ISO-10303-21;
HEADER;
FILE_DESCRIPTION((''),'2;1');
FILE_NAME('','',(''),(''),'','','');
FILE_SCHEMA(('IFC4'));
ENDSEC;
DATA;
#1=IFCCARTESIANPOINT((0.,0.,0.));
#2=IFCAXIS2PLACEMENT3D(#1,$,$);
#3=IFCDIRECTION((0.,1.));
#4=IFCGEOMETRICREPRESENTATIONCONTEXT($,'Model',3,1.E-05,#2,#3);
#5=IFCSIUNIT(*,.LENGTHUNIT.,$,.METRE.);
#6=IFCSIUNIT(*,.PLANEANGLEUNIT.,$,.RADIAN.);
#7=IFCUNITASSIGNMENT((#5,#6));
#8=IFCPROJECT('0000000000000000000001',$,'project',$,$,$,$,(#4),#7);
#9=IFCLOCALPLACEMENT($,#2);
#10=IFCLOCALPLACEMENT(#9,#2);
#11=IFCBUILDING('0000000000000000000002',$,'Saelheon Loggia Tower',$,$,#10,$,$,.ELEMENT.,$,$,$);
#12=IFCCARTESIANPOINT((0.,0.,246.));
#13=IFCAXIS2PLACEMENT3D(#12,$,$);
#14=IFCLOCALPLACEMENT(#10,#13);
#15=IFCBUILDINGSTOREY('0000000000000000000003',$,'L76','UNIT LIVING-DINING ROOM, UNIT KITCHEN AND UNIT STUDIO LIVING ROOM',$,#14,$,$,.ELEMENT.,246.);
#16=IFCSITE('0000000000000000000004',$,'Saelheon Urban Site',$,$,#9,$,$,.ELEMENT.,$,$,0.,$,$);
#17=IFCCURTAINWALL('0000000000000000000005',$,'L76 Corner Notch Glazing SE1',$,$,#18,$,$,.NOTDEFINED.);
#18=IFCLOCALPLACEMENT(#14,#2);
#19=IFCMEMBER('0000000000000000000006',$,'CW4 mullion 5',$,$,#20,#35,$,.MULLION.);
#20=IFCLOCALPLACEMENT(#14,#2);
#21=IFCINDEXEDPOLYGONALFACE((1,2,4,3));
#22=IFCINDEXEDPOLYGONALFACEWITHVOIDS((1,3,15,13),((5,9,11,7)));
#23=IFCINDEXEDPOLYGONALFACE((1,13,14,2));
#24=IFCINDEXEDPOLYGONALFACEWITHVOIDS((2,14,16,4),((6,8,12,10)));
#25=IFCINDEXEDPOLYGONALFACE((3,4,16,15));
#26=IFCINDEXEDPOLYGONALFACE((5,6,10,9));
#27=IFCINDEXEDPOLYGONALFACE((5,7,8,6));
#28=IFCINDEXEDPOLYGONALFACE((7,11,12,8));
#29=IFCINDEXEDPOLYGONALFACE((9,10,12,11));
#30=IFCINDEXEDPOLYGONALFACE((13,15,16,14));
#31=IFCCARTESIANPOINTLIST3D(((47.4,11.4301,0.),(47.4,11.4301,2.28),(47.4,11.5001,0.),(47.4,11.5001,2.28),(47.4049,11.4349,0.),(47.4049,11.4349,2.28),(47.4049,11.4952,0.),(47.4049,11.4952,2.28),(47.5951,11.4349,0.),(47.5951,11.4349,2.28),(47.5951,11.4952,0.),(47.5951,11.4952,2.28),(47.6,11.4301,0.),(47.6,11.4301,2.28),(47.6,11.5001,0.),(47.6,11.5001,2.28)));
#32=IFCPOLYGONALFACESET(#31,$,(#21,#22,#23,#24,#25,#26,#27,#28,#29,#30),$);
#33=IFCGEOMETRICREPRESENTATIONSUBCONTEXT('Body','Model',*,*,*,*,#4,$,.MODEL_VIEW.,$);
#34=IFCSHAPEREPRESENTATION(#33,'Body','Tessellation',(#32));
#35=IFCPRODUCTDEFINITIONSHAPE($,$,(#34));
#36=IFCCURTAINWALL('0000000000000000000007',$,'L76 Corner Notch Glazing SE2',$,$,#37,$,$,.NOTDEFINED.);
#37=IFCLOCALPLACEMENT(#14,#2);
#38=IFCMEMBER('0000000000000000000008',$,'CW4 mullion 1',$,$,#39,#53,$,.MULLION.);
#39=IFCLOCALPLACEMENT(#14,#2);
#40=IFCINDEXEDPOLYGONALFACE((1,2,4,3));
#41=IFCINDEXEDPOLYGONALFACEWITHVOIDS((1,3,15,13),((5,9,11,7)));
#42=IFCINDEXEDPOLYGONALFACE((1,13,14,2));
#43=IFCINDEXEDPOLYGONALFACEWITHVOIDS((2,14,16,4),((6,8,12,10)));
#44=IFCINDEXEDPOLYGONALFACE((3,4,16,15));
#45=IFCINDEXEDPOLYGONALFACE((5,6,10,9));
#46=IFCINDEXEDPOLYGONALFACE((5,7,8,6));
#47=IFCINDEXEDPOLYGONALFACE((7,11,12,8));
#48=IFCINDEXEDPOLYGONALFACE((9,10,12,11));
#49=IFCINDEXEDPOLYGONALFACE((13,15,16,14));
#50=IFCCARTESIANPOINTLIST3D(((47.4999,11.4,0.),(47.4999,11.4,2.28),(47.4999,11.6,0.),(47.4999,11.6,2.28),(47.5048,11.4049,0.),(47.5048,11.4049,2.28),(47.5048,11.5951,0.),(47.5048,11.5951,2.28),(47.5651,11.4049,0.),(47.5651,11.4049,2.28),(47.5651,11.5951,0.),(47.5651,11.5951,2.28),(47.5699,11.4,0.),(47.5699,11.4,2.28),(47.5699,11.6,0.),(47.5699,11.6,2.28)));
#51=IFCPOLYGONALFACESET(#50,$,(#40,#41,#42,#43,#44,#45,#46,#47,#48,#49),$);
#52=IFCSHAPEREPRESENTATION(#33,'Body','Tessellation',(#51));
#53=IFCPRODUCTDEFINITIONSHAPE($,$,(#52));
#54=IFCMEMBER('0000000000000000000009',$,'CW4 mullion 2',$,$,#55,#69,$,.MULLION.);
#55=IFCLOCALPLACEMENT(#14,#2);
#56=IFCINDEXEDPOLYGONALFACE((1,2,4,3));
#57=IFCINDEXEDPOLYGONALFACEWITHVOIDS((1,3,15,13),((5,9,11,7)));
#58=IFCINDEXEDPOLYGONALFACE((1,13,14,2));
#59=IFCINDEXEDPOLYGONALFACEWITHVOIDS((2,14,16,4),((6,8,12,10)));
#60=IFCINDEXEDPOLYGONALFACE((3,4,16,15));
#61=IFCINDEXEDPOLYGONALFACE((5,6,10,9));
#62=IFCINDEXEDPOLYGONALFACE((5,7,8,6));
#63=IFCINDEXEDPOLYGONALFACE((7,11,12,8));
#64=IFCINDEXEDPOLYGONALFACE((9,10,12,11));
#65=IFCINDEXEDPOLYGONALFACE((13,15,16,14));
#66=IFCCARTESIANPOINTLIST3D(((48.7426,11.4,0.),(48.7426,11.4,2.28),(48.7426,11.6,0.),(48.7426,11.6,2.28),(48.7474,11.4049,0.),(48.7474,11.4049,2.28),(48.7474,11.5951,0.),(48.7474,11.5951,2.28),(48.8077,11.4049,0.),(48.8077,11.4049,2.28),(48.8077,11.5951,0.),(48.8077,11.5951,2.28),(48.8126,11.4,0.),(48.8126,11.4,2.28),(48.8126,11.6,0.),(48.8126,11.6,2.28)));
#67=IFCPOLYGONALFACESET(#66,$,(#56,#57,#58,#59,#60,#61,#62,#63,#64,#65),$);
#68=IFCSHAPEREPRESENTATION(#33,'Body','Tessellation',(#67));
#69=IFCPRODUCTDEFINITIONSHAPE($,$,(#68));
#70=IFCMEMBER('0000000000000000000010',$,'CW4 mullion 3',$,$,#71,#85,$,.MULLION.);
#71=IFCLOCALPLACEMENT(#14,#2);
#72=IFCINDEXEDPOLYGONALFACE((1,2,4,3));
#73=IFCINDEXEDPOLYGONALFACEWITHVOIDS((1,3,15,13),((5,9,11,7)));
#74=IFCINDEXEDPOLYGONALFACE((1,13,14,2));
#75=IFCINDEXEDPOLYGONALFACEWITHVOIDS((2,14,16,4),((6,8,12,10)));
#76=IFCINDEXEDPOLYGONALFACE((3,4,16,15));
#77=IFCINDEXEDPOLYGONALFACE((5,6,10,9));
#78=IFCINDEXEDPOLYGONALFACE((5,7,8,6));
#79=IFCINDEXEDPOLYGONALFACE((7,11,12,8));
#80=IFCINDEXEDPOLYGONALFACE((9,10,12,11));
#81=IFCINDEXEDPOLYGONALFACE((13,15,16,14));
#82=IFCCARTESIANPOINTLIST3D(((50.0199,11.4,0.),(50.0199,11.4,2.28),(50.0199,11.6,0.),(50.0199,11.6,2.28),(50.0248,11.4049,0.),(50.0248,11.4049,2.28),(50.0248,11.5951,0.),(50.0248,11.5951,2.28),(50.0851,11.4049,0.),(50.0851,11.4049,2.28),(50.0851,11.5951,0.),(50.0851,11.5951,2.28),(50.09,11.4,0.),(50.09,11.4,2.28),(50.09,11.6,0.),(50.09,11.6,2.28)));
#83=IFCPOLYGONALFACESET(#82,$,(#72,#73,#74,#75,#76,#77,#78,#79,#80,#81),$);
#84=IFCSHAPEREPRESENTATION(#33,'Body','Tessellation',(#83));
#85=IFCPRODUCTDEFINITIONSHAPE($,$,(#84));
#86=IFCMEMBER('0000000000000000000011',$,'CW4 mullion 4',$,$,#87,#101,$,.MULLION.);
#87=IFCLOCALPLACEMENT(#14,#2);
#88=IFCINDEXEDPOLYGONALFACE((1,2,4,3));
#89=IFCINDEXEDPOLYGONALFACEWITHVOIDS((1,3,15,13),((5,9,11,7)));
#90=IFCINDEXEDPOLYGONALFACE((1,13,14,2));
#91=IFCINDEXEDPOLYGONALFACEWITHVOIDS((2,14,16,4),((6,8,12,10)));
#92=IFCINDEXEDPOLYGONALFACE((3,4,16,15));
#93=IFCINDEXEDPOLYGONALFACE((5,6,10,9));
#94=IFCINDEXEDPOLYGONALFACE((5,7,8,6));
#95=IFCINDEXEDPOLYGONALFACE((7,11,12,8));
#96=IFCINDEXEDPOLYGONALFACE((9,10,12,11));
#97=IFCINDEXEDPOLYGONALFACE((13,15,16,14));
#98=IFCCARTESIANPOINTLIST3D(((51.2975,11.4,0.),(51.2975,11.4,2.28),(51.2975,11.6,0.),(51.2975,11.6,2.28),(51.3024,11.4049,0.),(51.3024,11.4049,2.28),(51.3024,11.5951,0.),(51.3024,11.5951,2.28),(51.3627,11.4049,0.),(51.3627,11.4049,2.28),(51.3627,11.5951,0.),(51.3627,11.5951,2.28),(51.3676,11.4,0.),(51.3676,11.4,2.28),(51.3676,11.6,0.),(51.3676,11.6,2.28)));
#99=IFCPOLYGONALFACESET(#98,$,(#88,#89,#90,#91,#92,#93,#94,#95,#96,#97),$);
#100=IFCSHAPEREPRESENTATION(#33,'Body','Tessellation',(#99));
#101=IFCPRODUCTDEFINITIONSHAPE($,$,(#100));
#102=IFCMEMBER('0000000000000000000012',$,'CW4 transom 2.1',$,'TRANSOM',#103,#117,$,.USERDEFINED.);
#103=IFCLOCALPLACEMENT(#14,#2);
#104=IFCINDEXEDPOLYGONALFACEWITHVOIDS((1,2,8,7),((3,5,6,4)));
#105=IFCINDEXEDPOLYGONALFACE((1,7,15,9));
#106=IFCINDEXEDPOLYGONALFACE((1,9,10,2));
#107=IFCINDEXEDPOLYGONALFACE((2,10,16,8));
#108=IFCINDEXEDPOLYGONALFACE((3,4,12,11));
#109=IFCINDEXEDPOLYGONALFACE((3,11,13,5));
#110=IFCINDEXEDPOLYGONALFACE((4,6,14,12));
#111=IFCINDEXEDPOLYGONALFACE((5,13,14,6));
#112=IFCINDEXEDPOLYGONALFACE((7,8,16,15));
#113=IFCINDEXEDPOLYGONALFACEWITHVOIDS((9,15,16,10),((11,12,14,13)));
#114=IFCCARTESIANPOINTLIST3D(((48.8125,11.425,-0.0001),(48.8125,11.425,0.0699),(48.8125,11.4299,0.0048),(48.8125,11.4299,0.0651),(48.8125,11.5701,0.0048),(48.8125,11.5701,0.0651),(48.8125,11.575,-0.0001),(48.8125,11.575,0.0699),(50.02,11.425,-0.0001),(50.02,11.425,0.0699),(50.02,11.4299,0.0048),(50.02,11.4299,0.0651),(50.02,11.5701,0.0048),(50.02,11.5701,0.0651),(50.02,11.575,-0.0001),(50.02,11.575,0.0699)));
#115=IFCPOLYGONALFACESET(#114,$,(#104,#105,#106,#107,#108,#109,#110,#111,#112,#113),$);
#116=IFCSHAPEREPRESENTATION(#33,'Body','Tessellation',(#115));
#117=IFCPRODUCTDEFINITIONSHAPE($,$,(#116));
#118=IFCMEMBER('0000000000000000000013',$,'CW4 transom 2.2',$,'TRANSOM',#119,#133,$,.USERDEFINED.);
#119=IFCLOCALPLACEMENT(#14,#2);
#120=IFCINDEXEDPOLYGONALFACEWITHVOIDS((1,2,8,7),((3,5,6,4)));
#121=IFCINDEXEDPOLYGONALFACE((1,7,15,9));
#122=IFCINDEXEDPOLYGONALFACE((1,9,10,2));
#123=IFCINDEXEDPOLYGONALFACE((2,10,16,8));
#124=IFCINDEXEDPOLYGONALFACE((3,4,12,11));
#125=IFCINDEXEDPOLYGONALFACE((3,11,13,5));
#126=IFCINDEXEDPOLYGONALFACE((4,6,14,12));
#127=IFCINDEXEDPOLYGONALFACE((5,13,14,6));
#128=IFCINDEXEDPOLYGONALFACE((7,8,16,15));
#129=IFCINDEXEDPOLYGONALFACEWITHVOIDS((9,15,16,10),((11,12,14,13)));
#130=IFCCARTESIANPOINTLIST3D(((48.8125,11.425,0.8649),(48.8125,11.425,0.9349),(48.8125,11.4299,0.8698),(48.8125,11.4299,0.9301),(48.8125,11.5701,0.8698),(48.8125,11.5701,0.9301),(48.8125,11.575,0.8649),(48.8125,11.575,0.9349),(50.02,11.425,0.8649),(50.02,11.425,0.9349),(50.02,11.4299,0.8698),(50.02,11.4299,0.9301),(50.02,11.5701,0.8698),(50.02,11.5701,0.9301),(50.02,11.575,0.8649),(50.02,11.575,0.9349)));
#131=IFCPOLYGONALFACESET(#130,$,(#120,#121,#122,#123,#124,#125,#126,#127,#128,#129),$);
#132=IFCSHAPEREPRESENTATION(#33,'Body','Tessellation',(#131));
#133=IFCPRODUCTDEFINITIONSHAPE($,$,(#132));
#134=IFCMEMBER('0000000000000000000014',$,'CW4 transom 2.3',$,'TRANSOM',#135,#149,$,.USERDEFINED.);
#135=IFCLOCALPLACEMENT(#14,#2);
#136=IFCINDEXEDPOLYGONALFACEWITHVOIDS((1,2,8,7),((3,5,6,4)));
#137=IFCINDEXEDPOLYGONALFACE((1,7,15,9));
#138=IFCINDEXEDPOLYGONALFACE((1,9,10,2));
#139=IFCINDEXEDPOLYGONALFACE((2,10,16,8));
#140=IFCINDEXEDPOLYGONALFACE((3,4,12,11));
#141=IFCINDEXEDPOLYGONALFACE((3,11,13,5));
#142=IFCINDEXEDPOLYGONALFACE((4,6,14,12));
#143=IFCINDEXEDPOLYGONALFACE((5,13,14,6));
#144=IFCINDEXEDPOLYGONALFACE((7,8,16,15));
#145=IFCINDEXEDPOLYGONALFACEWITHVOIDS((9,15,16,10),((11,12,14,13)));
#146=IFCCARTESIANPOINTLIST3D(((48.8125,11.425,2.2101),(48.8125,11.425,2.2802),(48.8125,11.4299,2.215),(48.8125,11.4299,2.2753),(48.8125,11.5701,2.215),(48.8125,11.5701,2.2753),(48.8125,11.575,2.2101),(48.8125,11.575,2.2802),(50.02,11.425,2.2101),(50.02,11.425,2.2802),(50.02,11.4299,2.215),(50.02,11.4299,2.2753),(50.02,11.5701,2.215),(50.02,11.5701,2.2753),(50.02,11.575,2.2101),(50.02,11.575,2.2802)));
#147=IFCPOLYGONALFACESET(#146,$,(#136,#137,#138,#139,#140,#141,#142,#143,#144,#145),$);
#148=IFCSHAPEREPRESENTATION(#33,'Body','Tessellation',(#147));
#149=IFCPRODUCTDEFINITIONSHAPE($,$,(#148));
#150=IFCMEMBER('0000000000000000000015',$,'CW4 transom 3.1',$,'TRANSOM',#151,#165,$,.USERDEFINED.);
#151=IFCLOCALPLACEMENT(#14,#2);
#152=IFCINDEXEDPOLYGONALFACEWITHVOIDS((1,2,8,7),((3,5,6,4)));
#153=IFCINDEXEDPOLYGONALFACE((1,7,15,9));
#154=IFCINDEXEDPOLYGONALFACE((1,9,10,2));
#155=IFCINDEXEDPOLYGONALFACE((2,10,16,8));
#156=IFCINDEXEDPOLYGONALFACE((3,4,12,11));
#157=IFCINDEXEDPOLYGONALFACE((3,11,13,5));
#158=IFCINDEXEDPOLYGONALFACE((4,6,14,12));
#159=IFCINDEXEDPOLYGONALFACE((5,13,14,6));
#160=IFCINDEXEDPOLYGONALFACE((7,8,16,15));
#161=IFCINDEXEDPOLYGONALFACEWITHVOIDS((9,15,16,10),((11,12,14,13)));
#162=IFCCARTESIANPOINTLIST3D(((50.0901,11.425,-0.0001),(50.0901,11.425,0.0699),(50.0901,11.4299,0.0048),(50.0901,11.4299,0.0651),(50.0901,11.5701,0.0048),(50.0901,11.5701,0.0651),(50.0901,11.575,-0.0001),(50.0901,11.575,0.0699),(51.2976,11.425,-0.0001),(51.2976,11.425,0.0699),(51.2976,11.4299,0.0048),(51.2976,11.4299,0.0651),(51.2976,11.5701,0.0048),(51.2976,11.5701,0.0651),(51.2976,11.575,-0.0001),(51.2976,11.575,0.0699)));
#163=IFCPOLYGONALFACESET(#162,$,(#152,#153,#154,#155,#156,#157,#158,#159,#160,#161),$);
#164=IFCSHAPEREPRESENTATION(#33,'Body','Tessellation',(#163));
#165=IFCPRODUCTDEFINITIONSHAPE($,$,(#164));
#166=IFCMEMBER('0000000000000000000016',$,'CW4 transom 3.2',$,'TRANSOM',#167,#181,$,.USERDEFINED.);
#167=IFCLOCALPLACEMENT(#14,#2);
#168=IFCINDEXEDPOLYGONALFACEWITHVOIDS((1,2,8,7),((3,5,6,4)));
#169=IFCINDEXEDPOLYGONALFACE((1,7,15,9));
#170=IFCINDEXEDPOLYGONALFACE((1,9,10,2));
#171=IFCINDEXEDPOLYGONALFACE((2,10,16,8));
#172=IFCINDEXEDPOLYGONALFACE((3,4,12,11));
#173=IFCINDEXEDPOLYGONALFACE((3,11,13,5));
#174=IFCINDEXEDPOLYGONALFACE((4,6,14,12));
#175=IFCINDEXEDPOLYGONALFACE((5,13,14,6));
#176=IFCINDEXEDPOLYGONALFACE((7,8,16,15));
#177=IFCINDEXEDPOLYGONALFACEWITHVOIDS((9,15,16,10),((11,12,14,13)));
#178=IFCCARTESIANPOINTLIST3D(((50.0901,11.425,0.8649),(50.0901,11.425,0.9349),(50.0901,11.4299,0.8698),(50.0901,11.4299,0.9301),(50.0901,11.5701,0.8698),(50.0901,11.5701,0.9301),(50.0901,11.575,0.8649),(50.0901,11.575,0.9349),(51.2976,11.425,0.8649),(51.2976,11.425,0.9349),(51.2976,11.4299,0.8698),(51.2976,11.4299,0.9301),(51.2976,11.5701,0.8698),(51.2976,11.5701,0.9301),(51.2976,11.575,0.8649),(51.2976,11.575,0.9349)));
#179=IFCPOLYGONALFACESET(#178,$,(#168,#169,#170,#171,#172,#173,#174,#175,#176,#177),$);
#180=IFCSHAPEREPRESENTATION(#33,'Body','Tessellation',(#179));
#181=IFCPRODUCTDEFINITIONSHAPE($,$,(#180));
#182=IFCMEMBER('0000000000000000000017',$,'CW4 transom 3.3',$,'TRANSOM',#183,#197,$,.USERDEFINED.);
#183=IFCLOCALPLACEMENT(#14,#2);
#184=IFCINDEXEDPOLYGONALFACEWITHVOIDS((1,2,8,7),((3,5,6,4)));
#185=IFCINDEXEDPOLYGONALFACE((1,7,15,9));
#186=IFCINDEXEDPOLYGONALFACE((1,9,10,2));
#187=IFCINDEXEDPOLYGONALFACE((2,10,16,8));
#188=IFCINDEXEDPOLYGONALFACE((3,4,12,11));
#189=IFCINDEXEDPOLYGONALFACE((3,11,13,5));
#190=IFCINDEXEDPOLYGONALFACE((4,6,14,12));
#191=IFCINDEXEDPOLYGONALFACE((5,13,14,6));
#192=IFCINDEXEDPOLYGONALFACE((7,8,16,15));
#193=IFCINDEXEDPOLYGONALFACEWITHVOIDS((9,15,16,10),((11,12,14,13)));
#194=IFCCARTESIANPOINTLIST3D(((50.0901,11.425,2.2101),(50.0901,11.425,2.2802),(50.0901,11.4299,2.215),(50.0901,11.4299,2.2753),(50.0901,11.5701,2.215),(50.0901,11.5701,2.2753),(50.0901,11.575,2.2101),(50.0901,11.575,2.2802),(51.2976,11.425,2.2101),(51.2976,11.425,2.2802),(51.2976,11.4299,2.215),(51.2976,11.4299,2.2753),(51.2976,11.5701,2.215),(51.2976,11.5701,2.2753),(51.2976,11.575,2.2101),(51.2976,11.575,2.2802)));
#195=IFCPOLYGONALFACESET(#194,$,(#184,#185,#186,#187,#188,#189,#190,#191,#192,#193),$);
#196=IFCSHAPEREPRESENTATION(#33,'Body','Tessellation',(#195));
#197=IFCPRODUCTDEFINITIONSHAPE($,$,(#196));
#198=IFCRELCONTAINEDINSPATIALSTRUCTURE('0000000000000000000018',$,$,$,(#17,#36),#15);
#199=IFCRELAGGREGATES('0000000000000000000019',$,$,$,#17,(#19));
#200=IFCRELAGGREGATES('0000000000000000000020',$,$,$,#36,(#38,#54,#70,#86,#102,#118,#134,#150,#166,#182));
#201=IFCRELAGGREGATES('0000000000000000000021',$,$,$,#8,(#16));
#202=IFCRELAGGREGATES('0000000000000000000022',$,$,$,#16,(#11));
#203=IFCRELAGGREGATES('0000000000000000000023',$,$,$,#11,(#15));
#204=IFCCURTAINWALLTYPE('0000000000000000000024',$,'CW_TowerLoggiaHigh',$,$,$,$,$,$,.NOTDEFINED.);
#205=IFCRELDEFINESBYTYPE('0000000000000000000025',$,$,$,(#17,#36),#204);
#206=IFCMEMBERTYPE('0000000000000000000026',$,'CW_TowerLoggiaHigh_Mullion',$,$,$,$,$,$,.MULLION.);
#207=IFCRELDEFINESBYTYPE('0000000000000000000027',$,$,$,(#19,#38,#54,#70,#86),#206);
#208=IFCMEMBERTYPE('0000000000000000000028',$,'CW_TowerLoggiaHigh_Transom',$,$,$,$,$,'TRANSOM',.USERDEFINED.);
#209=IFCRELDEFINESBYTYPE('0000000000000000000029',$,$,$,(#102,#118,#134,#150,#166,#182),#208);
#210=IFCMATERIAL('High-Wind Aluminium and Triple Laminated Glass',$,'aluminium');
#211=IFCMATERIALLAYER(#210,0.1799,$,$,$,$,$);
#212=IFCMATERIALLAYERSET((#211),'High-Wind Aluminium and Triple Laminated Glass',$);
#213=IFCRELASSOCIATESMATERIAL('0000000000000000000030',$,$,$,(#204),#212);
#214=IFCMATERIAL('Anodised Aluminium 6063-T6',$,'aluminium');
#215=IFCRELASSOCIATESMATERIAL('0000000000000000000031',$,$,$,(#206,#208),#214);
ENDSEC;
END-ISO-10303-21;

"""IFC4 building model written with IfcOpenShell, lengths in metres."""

from ifc_helpers import new_model, si_unit, direction, frame, origin, origin_2d, place, context, subcontext, project, spatial, hollow_rectangle, extrude, source, transform, mapped, material, layer, layer_set, material_profile, profile_set, type_object, element, aggregate, save


model = new_model("IFC4")

# Units and contexts
model_context = context("Model", 3, precision=1e-05, world=origin(), true_north=direction((0.0, 1.0)))
body_context = subcontext(model_context, "Body", "Model", "MODEL_VIEW")
ifc_project = project(units=[si_unit("LENGTHUNIT", "METRE"), si_unit("PLANEANGLEUNIT", "RADIAN")], contexts=[model_context])

# Site, building, storey
site_placement = place(None, origin())
site = spatial("IfcSite", under=ifc_project, at=site_placement, Name="Saelheon Urban Site", CompositionType="ELEMENT", RefElevation=0.0)
building_placement = place(site_placement, origin())
building = spatial("IfcBuilding", under=site, at=building_placement, Name="Saelheon Loggia Tower", CompositionType="ELEMENT")
storey_placement = place(building_placement, frame((0.0, 0.0, 246.0)))
storey = spatial("IfcBuildingStorey", under=building, at=storey_placement, Name="L76", Description="UNIT LIVING-DINING ROOM, UNIT KITCHEN AND UNIT STUDIO LIVING ROOM", CompositionType="ELEMENT", Elevation=246.0)

# Curtain wall, member
ifc_material_1 = material(Name="High-Wind Aluminium and Triple Laminated Glass", Category="aluminium")
ifc_layer_1 = layer(ifc_material_1, 0.1799)
ifc_layer_set_1 = layer_set([ifc_layer_1], Name="High-Wind Aluminium and Triple Laminated Glass")
curtain_wall_type = type_object("IfcCurtainWallType", Name="CW_TowerLoggiaHigh", PredefinedType="NOTDEFINED", material=ifc_layer_set_1)
curtain_wall_1_placement = place(storey_placement, origin())
curtain_wall_1 = element("IfcCurtainWall", 1, at=curtain_wall_1_placement, inside=storey, type_object=curtain_wall_type, Name="L76 Corner Notch Glazing SE1", PredefinedType="NOTDEFINED")
ifc_material_2 = material(Name="Anodised Aluminium 6063-T6", Category="aluminium")
ifc_material_profile_1 = material_profile(ifc_material_2, hollow_rectangle(XDim=0.0701, YDim=0.2, WallThickness=0.0049, at=origin_2d()), Name="RHS-200x70x5")
ifc_profile_set_1 = profile_set([ifc_material_profile_1], Name="Anodised Aluminium 6063-T6")
member_type_1 = type_object("IfcMemberType", Name="CW_TowerLoggiaHigh_Mullion", PredefinedType="MULLION", material=ifc_profile_set_1)
shared_shape_1 = source(origin(), body_context, "Body", "SweptSolid", [
    extrude(hollow_rectangle(XDim=0.0701, YDim=0.2, WallThickness=0.0049, at=origin_2d()), origin(), (0.0, 0.0, 1.0), 2.28),
])
member_1_placement = place(storey_placement, frame((47.5, 11.4651, 0.0), z_axis=(0.0, 0.0, 1.0), x_axis=(0.0, 1.0, 0.0)))
member_1 = element("IfcMember", 2, at=member_1_placement, type_object=member_type_1, Name="CW4 mullion 5", PredefinedType="MULLION", context=body_context, shape_type="MappedRepresentation", body=[
    mapped(shared_shape_1, transform((0.0, 0.0, 0.0), scale=1.0)),
])

# Curtain wall, members
curtain_wall_2_placement = place(storey_placement, origin())
curtain_wall_2 = element("IfcCurtainWall", 3, at=curtain_wall_2_placement, inside=storey, type_object=curtain_wall_type, Name="L76 Corner Notch Glazing SE2", PredefinedType="NOTDEFINED")
member_2_placement = place(storey_placement, frame((47.5349, 11.5, 0.0), z_axis=(0.0, 0.0, 1.0), x_axis=(1.0, 0.0, 0.0)))
member_2 = element("IfcMember", 4, at=member_2_placement, type_object=member_type_1, Name="CW4 mullion 1", PredefinedType="MULLION", context=body_context, shape_type="MappedRepresentation", body=[
    mapped(shared_shape_1, transform((0.0, 0.0, 0.0), scale=1.0)),
])
member_3_placement = place(storey_placement, frame((48.7776, 11.5, 0.0), z_axis=(0.0, 0.0, 1.0), x_axis=(1.0, 0.0, 0.0)))
member_3 = element("IfcMember", 5, at=member_3_placement, type_object=member_type_1, Name="CW4 mullion 2", PredefinedType="MULLION", context=body_context, shape_type="MappedRepresentation", body=[
    mapped(shared_shape_1, transform((0.0, 0.0, 0.0), scale=1.0)),
])
member_4_placement = place(storey_placement, frame((50.0549, 11.5, 0.0), z_axis=(0.0, 0.0, 1.0), x_axis=(1.0, 0.0, 0.0)))
member_4 = element("IfcMember", 6, at=member_4_placement, type_object=member_type_1, Name="CW4 mullion 3", PredefinedType="MULLION", context=body_context, shape_type="MappedRepresentation", body=[
    mapped(shared_shape_1, transform((0.0, 0.0, 0.0), scale=1.0)),
])
member_5_placement = place(storey_placement, frame((51.3325, 11.5, 0.0), z_axis=(0.0, 0.0, 1.0), x_axis=(1.0, 0.0, 0.0)))
member_5 = element("IfcMember", 7, at=member_5_placement, type_object=member_type_1, Name="CW4 mullion 4", PredefinedType="MULLION", context=body_context, shape_type="MappedRepresentation", body=[
    mapped(shared_shape_1, transform((0.0, 0.0, 0.0), scale=1.0)),
])
ifc_material_profile_2 = material_profile(ifc_material_2, hollow_rectangle(XDim=0.0701, YDim=0.1499, WallThickness=0.0049, at=origin_2d()), Name="RHS-150x70x5")
ifc_profile_set_2 = profile_set([ifc_material_profile_2], Name="Anodised Aluminium 6063-T6")
member_type_2 = type_object("IfcMemberType", Name="CW_TowerLoggiaHigh_Transom", ElementType="TRANSOM", PredefinedType="USERDEFINED", material=ifc_profile_set_2)
shared_shape_2 = source(origin(), body_context, "Body", "SweptSolid", [
    extrude(hollow_rectangle(XDim=0.0701, YDim=0.1499, WallThickness=0.0049, at=origin_2d()), origin(), (0.0, 0.0, 1.0), 1.2075),
])
member_6_placement = place(storey_placement, frame((48.8125, 11.5, 0.0349), z_axis=(1.0, 0.0, 0.0), x_axis=(0.0, 0.0, 1.0)))
member_6 = element("IfcMember", 8, at=member_6_placement, type_object=member_type_2, Name="CW4 transom 2.1", ObjectType="TRANSOM", PredefinedType="USERDEFINED", context=body_context, shape_type="MappedRepresentation", body=[
    mapped(shared_shape_2, transform((0.0, 0.0, 0.0), scale=1.0)),
])
member_7_placement = place(storey_placement, frame((48.8125, 11.5, 0.8999), z_axis=(1.0, 0.0, 0.0), x_axis=(0.0, 0.0, 1.0)))
member_7 = element("IfcMember", 9, at=member_7_placement, type_object=member_type_2, Name="CW4 transom 2.2", ObjectType="TRANSOM", PredefinedType="USERDEFINED", context=body_context, shape_type="MappedRepresentation", body=[
    mapped(shared_shape_2, transform((0.0, 0.0, 0.0), scale=1.0)),
])
member_8_placement = place(storey_placement, frame((48.8125, 11.5, 2.2451), z_axis=(1.0, 0.0, 0.0), x_axis=(0.0, 0.0, 1.0)))
member_8 = element("IfcMember", 10, at=member_8_placement, type_object=member_type_2, Name="CW4 transom 2.3", ObjectType="TRANSOM", PredefinedType="USERDEFINED", context=body_context, shape_type="MappedRepresentation", body=[
    mapped(shared_shape_2, transform((0.0, 0.0, 0.0), scale=1.0)),
])
member_9_placement = place(storey_placement, frame((50.0901, 11.5, 0.0349), z_axis=(1.0, 0.0, 0.0), x_axis=(0.0, 0.0, 1.0)))
member_9 = element("IfcMember", 11, at=member_9_placement, type_object=member_type_2, Name="CW4 transom 3.1", ObjectType="TRANSOM", PredefinedType="USERDEFINED", context=body_context, shape_type="MappedRepresentation", body=[
    mapped(shared_shape_2, transform((0.0, 0.0, 0.0), scale=1.0)),
])
member_10_placement = place(storey_placement, frame((50.0901, 11.5, 0.8999), z_axis=(1.0, 0.0, 0.0), x_axis=(0.0, 0.0, 1.0)))
member_10 = element("IfcMember", 12, at=member_10_placement, type_object=member_type_2, Name="CW4 transom 3.2", ObjectType="TRANSOM", PredefinedType="USERDEFINED", context=body_context, shape_type="MappedRepresentation", body=[
    mapped(shared_shape_2, transform((0.0, 0.0, 0.0), scale=1.0)),
])
member_11_placement = place(storey_placement, frame((50.0901, 11.5, 2.2451), z_axis=(1.0, 0.0, 0.0), x_axis=(0.0, 0.0, 1.0)))
member_11 = element("IfcMember", 13, at=member_11_placement, type_object=member_type_2, Name="CW4 transom 3.3", ObjectType="TRANSOM", PredefinedType="USERDEFINED", context=body_context, shape_type="MappedRepresentation", body=[
    mapped(shared_shape_2, transform((0.0, 0.0, 0.0), scale=1.0)),
])

aggregate(curtain_wall_1, [member_1])
aggregate(curtain_wall_2, [member_2, member_3, member_4, member_5, member_6, member_7, member_8, member_9, member_10, member_11])

save(model, "model.ifc")
